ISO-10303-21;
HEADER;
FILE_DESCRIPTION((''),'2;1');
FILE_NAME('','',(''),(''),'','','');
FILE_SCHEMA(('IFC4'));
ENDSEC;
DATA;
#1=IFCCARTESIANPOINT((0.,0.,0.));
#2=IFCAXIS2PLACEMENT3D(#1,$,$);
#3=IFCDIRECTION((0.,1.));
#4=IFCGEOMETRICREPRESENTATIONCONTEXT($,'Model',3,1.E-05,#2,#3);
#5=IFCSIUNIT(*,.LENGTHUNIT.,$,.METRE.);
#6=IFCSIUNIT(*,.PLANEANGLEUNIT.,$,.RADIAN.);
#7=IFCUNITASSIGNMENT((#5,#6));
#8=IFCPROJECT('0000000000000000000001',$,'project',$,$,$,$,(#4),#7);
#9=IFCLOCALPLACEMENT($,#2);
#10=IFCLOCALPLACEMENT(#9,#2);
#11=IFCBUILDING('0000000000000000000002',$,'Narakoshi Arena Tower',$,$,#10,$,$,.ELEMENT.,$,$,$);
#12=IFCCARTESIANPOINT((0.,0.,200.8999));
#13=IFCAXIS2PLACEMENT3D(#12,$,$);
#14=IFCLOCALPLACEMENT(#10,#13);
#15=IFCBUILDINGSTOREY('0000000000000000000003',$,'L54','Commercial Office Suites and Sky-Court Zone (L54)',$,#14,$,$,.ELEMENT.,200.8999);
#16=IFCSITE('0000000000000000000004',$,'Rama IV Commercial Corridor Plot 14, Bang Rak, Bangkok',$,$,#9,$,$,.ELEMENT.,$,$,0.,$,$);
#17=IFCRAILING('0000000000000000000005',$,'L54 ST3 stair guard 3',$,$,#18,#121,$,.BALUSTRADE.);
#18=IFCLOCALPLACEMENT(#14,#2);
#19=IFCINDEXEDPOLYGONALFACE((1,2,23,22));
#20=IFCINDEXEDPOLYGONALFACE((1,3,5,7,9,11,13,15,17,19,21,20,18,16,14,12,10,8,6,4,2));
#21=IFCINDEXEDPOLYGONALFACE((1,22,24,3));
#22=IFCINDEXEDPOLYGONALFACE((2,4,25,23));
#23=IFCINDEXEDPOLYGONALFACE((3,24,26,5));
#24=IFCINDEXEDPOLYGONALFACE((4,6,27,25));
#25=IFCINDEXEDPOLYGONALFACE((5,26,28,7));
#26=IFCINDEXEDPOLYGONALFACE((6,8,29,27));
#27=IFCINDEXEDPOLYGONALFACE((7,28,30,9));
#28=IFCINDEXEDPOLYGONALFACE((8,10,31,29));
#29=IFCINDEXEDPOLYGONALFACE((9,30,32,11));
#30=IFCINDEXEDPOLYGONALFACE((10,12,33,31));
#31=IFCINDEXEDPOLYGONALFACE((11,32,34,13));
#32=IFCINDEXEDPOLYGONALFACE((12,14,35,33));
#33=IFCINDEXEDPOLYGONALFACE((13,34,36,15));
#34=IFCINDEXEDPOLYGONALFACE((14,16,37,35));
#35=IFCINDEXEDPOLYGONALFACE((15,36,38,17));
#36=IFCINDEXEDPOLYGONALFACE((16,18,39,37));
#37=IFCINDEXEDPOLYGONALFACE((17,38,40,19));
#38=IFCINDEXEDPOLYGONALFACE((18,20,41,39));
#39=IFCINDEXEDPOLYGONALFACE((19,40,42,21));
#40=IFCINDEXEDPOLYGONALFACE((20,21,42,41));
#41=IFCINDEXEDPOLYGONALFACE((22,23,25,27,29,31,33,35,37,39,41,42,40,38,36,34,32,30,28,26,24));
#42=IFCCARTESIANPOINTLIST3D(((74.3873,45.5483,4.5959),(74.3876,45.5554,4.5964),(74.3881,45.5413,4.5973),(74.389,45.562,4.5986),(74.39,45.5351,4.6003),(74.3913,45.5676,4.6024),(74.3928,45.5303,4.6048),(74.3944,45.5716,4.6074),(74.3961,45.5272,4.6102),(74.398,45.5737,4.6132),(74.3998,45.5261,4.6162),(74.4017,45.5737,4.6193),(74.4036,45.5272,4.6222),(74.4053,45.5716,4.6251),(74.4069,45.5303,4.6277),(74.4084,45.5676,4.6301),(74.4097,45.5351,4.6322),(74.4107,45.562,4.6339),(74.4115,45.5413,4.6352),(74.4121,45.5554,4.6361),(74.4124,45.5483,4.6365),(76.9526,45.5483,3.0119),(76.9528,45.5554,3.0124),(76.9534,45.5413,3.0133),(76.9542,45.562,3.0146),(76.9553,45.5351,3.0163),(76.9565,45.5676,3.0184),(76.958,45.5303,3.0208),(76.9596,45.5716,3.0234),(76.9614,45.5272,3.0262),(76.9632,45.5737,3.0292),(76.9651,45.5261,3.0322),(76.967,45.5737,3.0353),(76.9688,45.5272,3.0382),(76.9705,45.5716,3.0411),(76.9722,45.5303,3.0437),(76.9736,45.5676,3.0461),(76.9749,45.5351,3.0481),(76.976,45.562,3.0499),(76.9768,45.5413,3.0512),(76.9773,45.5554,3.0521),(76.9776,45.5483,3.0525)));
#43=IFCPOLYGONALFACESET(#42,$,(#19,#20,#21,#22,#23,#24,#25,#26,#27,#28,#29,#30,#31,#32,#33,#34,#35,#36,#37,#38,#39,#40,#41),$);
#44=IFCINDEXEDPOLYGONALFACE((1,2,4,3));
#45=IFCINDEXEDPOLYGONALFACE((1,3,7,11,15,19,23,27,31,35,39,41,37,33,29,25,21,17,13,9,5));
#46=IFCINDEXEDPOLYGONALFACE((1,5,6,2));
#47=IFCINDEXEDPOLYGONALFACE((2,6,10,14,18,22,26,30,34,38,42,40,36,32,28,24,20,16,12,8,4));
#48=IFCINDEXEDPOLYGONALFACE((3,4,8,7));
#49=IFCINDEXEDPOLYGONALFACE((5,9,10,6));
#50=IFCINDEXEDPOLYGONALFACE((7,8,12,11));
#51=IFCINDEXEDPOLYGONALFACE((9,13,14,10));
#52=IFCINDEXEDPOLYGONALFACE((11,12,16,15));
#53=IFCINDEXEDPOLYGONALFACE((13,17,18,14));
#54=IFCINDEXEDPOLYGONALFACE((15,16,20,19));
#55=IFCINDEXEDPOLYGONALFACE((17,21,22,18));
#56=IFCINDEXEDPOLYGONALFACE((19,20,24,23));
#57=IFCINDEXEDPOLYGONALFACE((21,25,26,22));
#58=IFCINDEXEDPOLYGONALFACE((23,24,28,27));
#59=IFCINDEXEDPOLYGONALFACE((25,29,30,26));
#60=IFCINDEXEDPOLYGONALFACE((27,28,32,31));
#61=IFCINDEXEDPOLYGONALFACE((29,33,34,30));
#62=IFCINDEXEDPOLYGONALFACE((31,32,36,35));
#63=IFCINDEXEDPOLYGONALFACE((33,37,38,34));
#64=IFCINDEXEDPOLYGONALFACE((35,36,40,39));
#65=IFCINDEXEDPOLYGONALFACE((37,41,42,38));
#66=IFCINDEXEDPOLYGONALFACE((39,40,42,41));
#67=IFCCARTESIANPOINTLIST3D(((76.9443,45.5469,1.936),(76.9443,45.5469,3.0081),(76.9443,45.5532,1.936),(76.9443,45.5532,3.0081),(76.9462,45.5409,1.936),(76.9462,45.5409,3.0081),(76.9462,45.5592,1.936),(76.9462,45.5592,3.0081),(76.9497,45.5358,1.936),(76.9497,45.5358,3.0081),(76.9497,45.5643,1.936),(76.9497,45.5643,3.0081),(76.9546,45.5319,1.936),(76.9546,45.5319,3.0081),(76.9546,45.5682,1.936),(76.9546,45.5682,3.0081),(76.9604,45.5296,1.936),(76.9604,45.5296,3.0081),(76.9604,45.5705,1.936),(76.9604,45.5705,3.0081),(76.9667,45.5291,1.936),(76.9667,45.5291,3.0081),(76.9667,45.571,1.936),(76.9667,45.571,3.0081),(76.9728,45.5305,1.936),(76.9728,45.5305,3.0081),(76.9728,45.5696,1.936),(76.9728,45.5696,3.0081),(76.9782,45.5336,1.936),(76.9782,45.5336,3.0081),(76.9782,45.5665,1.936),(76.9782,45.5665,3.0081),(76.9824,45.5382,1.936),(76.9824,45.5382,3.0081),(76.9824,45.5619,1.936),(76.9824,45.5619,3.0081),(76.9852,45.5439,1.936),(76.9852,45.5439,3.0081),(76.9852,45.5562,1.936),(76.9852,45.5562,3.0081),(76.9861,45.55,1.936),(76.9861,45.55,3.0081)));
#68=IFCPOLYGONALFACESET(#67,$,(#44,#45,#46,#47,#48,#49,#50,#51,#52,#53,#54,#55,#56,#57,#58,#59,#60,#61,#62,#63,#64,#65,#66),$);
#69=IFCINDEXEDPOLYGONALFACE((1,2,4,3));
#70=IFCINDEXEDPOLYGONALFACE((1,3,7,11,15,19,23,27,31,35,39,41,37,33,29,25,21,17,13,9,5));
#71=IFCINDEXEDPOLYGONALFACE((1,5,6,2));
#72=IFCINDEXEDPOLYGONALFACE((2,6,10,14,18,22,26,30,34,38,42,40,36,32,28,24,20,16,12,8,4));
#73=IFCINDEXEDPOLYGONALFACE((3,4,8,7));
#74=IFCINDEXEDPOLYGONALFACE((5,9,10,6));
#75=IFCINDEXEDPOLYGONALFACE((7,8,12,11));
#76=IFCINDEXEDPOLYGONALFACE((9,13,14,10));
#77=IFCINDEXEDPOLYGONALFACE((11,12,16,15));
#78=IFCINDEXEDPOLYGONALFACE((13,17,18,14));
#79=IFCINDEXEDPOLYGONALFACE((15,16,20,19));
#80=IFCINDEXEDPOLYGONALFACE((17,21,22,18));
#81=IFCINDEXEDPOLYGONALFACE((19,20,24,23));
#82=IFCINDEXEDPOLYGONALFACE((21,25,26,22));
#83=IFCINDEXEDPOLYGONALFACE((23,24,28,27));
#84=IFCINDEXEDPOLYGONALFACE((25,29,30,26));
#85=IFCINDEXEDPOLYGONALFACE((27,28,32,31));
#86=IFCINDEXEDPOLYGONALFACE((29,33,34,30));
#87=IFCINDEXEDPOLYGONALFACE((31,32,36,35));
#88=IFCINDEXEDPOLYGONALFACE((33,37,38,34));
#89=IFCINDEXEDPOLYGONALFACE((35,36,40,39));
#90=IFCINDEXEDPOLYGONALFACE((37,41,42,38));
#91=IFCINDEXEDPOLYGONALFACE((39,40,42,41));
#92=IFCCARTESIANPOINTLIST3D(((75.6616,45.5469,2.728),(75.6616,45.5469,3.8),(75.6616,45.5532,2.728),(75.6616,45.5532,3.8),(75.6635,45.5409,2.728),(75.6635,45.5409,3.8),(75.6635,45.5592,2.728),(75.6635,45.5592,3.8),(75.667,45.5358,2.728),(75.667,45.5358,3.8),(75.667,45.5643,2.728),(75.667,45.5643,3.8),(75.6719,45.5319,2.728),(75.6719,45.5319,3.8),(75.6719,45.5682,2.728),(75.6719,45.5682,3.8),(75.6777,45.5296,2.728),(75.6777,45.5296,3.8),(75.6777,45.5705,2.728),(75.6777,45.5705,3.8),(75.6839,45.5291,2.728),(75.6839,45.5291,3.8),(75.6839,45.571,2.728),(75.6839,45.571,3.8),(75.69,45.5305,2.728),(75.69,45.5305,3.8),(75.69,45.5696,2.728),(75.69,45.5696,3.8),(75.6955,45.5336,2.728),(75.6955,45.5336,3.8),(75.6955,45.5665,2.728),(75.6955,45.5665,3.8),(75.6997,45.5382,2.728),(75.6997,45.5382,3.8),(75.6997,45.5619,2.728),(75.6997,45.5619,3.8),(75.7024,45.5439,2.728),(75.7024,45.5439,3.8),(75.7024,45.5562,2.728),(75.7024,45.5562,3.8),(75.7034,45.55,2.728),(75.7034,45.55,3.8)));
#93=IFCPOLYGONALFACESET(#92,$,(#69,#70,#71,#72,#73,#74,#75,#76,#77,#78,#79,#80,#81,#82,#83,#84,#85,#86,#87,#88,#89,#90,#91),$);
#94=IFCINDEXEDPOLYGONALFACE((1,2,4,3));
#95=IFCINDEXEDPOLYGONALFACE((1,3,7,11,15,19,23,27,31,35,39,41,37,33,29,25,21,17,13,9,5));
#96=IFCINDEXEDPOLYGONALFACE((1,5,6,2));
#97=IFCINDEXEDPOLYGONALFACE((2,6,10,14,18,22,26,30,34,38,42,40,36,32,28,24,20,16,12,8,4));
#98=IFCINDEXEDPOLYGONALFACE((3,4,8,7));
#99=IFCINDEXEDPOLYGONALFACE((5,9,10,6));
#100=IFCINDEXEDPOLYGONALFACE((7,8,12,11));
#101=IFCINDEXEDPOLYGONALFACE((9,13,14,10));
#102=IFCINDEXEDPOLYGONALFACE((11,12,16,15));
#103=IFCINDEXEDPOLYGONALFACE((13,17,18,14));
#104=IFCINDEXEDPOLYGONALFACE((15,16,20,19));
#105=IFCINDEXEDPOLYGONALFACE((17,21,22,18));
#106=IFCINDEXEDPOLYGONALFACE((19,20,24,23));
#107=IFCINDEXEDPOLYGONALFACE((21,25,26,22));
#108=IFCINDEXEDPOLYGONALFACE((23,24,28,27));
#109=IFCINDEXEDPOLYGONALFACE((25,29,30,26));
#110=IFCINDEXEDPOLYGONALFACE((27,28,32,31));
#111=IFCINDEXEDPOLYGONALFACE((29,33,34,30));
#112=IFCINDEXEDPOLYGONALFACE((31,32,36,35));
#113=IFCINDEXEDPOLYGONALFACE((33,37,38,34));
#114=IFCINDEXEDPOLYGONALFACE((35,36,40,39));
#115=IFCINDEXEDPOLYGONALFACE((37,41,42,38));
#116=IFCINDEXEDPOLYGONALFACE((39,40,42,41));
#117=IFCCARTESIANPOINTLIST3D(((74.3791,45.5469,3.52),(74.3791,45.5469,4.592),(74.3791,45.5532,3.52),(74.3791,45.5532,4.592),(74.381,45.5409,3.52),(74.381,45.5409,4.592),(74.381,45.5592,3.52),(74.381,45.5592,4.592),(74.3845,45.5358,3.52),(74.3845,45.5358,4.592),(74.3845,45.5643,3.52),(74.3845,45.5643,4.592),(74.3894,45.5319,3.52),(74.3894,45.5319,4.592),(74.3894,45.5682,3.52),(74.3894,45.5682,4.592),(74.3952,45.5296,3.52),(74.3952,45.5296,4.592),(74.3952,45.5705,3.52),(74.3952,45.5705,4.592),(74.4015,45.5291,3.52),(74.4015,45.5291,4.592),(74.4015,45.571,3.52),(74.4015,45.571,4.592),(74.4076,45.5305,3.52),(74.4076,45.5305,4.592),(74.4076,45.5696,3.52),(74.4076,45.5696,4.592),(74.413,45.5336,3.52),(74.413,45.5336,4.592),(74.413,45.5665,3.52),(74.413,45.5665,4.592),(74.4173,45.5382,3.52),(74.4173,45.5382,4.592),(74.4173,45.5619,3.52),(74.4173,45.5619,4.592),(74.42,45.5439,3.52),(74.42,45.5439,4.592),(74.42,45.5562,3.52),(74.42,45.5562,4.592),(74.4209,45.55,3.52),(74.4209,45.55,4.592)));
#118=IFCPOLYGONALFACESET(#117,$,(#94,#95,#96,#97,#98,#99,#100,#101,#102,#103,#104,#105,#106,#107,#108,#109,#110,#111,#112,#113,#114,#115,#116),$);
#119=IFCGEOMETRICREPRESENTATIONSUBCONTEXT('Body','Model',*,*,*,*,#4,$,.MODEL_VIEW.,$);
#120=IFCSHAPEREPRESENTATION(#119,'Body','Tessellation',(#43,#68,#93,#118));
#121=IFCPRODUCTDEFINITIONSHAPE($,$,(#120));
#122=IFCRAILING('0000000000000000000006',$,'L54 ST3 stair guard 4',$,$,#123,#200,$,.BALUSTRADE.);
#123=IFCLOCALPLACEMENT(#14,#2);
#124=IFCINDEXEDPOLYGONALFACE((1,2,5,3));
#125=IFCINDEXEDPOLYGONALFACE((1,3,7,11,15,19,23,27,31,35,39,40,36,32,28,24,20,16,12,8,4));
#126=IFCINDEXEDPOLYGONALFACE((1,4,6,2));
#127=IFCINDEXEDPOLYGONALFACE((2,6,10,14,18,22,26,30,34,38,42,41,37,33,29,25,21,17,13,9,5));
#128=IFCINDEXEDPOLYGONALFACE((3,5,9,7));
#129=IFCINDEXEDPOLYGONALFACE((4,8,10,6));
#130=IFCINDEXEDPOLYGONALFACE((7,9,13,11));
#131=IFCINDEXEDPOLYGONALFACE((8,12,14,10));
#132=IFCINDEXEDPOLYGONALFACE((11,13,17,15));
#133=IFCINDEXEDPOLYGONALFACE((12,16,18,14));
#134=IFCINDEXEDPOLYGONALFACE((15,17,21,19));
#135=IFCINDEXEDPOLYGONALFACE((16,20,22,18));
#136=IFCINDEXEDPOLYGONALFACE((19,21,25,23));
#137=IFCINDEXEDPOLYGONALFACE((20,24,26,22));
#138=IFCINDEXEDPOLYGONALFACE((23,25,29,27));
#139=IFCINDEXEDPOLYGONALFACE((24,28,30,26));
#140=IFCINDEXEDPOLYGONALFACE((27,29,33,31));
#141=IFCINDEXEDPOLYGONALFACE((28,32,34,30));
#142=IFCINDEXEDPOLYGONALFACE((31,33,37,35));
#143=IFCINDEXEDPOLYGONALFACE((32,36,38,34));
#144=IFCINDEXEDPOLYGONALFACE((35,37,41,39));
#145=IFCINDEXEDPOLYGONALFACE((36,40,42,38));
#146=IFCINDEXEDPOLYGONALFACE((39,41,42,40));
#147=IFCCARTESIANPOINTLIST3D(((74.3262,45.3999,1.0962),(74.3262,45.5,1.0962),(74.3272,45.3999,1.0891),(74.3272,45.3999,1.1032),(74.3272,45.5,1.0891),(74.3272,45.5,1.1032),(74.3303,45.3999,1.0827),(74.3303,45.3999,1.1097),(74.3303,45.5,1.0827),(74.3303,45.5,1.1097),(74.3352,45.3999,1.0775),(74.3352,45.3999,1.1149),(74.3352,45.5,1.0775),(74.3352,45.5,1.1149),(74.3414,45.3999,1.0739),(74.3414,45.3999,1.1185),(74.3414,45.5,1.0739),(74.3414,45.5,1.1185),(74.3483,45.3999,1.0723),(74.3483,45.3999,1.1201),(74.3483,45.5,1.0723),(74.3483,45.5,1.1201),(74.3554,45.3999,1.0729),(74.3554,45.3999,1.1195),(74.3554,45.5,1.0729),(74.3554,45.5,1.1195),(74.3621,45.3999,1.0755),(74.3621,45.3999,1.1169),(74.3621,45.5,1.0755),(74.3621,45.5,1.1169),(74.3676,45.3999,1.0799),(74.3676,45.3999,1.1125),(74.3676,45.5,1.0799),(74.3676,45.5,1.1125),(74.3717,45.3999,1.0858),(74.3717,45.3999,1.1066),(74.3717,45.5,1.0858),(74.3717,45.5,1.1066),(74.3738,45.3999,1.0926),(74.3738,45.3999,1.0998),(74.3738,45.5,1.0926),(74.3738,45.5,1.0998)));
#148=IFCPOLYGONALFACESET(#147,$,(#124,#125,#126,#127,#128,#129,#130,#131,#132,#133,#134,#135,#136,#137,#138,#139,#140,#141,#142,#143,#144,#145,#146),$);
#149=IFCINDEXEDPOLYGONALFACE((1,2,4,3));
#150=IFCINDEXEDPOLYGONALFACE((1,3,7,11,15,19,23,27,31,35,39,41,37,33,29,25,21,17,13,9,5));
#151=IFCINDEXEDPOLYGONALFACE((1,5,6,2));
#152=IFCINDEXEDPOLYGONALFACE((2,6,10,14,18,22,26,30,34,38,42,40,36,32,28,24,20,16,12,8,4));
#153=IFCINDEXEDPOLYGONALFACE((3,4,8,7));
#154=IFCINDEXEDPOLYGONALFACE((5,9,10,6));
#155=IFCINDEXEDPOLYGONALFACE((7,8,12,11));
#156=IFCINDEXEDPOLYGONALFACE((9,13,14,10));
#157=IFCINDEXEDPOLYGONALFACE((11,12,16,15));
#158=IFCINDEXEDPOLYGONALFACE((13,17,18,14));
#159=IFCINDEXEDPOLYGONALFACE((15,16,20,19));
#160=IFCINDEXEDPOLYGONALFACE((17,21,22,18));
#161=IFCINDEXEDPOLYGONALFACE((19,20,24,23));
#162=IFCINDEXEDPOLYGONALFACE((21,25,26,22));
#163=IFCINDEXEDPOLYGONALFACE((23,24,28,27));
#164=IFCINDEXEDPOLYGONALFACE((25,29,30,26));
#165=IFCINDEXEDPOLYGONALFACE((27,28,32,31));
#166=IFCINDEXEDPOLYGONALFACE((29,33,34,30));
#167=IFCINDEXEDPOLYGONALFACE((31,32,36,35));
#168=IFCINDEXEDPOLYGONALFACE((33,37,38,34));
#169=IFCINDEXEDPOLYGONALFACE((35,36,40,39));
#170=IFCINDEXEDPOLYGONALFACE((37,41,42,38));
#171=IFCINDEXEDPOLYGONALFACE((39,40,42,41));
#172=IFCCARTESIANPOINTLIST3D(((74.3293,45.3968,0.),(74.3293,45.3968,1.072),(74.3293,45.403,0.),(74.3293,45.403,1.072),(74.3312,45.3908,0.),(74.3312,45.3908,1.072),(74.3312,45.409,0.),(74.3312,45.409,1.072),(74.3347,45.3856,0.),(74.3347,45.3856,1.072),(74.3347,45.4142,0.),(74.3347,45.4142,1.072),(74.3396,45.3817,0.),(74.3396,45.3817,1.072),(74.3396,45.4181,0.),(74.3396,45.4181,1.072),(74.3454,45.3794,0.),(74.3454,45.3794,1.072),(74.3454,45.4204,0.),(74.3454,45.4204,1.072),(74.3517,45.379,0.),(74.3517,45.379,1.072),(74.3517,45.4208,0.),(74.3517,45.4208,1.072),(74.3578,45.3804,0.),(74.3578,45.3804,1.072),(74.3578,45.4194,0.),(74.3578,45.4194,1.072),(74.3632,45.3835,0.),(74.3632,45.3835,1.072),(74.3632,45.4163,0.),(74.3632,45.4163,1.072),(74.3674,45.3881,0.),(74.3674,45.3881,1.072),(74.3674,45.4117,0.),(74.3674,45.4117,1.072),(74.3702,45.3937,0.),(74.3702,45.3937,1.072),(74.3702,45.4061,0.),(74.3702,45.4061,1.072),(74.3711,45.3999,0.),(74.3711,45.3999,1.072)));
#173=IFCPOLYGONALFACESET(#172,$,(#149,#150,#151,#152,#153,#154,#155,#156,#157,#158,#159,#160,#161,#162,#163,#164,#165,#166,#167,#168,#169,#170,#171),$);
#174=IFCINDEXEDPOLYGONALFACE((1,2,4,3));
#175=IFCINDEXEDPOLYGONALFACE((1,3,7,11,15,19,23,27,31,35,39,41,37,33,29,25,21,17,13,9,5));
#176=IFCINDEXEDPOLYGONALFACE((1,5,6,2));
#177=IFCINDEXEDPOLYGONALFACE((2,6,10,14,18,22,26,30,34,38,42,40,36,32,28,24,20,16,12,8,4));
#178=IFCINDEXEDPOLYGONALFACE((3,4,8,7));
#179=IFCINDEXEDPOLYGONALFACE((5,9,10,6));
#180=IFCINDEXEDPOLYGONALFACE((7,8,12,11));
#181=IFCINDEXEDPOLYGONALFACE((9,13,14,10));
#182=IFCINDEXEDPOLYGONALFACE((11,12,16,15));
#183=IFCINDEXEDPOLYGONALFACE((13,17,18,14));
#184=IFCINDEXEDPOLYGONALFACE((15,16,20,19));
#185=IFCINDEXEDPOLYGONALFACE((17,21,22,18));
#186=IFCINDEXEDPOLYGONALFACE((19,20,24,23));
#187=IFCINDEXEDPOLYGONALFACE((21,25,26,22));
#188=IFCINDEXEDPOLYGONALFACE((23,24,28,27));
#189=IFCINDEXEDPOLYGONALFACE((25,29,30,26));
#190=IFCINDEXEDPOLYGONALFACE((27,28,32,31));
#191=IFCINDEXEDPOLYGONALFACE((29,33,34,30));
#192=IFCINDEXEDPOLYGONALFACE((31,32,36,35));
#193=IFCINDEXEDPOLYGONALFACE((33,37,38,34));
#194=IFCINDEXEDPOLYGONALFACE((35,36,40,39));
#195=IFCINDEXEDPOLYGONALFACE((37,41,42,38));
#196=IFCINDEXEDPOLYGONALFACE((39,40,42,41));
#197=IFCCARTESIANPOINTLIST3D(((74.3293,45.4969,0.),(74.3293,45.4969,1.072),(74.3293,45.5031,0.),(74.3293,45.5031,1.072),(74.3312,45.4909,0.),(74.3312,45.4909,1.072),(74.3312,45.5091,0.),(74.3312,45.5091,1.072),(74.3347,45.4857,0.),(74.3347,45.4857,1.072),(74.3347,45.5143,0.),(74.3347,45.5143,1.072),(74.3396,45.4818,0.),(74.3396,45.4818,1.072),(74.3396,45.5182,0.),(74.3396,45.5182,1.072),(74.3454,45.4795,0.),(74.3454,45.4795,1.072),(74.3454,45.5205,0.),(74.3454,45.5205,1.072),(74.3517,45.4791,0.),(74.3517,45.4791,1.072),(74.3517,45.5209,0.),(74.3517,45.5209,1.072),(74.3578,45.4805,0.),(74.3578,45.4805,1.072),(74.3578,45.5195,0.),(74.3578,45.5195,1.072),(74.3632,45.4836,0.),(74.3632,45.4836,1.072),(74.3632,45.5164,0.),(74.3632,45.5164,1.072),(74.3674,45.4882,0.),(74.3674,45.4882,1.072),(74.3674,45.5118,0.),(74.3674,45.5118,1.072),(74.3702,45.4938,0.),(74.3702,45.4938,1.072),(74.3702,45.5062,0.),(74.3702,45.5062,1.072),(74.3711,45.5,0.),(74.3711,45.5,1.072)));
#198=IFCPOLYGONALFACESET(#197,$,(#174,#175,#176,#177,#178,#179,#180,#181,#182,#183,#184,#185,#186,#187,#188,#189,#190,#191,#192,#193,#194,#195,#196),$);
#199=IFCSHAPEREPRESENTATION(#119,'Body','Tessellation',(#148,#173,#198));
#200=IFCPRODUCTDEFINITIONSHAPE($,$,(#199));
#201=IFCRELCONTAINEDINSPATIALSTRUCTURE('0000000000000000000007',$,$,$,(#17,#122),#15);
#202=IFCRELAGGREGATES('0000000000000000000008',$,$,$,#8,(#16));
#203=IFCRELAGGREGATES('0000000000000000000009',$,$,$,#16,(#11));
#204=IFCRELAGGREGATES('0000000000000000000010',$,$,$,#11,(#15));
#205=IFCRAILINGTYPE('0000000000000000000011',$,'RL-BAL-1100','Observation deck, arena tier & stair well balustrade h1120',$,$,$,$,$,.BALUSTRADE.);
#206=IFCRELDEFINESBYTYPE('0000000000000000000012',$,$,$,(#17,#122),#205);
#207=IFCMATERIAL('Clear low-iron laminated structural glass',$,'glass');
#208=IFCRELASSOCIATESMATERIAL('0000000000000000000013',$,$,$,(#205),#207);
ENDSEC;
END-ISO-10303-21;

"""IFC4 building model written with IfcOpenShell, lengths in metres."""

from ifc_helpers import new_model, si_unit, direction, frame, origin, origin_2d, place, context, subcontext, project, spatial, circle, extrude, material, type_object, element, save


model = new_model("IFC4")

# Units and contexts
model_context = context("Model", 3, precision=1e-05, world=origin(), true_north=direction((0.0, 1.0)))
body_context = subcontext(model_context, "Body", "Model", "MODEL_VIEW")
ifc_project = project(units=[si_unit("LENGTHUNIT", "METRE"), si_unit("PLANEANGLEUNIT", "RADIAN")], contexts=[model_context])

# Site, building, storey
site_placement = place(None, origin())
site = spatial("IfcSite", under=ifc_project, at=site_placement, Name="Rama IV Commercial Corridor Plot 14, Bang Rak, Bangkok", CompositionType="ELEMENT", RefElevation=0.0)
building_placement = place(site_placement, origin())
building = spatial("IfcBuilding", under=site, at=building_placement, Name="Narakoshi Arena Tower", CompositionType="ELEMENT")
storey_placement = place(building_placement, frame((0.0, 0.0, 200.8999)))
storey = spatial("IfcBuildingStorey", under=building, at=storey_placement, Name="L54", Description="Commercial Office Suites and Sky-Court Zone (L54)", CompositionType="ELEMENT", Elevation=200.8999)

# Railings
ifc_material_1 = material(Name="Clear low-iron laminated structural glass", Category="glass")
railing_type_1 = type_object("IfcRailingType", Name="RL-BAL-1100", Description="Observation deck, arena tier & stair well balustrade h1120", PredefinedType="BALUSTRADE", material=ifc_material_1)
railing_1_placement = place(storey_placement, frame((76.9651, 45.55, 1.936)))
element("IfcRailing", 1, at=railing_1_placement, inside=storey, type_object=railing_type_1, Name="L54 ST3 stair guard 3", PredefinedType="BALUSTRADE", context=body_context, shape_type="SweptSolid", body=[
    extrude(circle(Radius=0.0239, at=origin_2d()), frame((0.0, 0.0, 1.0962), z_axis=(-0.850857, 0.0, 0.525398), x_axis=(0.0, -1.0, 0.0)), (0.0, 0.0, 1.0), 3.0149),
    extrude(circle(Radius=0.021, at=origin_2d()), origin(), (0.0, 0.0, 1.0), 1.072),
    extrude(circle(Radius=0.021, at=origin_2d()), frame((-1.2827, 0.0, 0.792)), (0.0, 0.0, 1.0), 1.072),
    extrude(circle(Radius=0.021, at=origin_2d()), frame((-2.5652, 0.0, 1.584)), (0.0, 0.0, 1.0), 1.072),
])
railing_2_placement = place(storey_placement, frame((74.3501, 45.3999, 0.0)))
element("IfcRailing", 2, at=railing_2_placement, inside=storey, type_object=railing_type_1, Name="L54 ST3 stair guard 4", PredefinedType="BALUSTRADE", context=body_context, shape_type="SweptSolid", body=[
    extrude(circle(Radius=0.0239, at=origin_2d()), frame((0.0, 0.0, 1.0962), z_axis=(0.0, 1.0, 0.0), x_axis=(-1.0, 0.0, 0.0)), (0.0, 0.0, 1.0), 0.1001),
    extrude(circle(Radius=0.021, at=origin_2d()), origin(), (0.0, 0.0, 1.0), 1.072),
    extrude(circle(Radius=0.021, at=origin_2d()), frame((0.0, 0.1001, 0.0)), (0.0, 0.0, 1.0), 1.072),
])

save(model, "model.ifc")
